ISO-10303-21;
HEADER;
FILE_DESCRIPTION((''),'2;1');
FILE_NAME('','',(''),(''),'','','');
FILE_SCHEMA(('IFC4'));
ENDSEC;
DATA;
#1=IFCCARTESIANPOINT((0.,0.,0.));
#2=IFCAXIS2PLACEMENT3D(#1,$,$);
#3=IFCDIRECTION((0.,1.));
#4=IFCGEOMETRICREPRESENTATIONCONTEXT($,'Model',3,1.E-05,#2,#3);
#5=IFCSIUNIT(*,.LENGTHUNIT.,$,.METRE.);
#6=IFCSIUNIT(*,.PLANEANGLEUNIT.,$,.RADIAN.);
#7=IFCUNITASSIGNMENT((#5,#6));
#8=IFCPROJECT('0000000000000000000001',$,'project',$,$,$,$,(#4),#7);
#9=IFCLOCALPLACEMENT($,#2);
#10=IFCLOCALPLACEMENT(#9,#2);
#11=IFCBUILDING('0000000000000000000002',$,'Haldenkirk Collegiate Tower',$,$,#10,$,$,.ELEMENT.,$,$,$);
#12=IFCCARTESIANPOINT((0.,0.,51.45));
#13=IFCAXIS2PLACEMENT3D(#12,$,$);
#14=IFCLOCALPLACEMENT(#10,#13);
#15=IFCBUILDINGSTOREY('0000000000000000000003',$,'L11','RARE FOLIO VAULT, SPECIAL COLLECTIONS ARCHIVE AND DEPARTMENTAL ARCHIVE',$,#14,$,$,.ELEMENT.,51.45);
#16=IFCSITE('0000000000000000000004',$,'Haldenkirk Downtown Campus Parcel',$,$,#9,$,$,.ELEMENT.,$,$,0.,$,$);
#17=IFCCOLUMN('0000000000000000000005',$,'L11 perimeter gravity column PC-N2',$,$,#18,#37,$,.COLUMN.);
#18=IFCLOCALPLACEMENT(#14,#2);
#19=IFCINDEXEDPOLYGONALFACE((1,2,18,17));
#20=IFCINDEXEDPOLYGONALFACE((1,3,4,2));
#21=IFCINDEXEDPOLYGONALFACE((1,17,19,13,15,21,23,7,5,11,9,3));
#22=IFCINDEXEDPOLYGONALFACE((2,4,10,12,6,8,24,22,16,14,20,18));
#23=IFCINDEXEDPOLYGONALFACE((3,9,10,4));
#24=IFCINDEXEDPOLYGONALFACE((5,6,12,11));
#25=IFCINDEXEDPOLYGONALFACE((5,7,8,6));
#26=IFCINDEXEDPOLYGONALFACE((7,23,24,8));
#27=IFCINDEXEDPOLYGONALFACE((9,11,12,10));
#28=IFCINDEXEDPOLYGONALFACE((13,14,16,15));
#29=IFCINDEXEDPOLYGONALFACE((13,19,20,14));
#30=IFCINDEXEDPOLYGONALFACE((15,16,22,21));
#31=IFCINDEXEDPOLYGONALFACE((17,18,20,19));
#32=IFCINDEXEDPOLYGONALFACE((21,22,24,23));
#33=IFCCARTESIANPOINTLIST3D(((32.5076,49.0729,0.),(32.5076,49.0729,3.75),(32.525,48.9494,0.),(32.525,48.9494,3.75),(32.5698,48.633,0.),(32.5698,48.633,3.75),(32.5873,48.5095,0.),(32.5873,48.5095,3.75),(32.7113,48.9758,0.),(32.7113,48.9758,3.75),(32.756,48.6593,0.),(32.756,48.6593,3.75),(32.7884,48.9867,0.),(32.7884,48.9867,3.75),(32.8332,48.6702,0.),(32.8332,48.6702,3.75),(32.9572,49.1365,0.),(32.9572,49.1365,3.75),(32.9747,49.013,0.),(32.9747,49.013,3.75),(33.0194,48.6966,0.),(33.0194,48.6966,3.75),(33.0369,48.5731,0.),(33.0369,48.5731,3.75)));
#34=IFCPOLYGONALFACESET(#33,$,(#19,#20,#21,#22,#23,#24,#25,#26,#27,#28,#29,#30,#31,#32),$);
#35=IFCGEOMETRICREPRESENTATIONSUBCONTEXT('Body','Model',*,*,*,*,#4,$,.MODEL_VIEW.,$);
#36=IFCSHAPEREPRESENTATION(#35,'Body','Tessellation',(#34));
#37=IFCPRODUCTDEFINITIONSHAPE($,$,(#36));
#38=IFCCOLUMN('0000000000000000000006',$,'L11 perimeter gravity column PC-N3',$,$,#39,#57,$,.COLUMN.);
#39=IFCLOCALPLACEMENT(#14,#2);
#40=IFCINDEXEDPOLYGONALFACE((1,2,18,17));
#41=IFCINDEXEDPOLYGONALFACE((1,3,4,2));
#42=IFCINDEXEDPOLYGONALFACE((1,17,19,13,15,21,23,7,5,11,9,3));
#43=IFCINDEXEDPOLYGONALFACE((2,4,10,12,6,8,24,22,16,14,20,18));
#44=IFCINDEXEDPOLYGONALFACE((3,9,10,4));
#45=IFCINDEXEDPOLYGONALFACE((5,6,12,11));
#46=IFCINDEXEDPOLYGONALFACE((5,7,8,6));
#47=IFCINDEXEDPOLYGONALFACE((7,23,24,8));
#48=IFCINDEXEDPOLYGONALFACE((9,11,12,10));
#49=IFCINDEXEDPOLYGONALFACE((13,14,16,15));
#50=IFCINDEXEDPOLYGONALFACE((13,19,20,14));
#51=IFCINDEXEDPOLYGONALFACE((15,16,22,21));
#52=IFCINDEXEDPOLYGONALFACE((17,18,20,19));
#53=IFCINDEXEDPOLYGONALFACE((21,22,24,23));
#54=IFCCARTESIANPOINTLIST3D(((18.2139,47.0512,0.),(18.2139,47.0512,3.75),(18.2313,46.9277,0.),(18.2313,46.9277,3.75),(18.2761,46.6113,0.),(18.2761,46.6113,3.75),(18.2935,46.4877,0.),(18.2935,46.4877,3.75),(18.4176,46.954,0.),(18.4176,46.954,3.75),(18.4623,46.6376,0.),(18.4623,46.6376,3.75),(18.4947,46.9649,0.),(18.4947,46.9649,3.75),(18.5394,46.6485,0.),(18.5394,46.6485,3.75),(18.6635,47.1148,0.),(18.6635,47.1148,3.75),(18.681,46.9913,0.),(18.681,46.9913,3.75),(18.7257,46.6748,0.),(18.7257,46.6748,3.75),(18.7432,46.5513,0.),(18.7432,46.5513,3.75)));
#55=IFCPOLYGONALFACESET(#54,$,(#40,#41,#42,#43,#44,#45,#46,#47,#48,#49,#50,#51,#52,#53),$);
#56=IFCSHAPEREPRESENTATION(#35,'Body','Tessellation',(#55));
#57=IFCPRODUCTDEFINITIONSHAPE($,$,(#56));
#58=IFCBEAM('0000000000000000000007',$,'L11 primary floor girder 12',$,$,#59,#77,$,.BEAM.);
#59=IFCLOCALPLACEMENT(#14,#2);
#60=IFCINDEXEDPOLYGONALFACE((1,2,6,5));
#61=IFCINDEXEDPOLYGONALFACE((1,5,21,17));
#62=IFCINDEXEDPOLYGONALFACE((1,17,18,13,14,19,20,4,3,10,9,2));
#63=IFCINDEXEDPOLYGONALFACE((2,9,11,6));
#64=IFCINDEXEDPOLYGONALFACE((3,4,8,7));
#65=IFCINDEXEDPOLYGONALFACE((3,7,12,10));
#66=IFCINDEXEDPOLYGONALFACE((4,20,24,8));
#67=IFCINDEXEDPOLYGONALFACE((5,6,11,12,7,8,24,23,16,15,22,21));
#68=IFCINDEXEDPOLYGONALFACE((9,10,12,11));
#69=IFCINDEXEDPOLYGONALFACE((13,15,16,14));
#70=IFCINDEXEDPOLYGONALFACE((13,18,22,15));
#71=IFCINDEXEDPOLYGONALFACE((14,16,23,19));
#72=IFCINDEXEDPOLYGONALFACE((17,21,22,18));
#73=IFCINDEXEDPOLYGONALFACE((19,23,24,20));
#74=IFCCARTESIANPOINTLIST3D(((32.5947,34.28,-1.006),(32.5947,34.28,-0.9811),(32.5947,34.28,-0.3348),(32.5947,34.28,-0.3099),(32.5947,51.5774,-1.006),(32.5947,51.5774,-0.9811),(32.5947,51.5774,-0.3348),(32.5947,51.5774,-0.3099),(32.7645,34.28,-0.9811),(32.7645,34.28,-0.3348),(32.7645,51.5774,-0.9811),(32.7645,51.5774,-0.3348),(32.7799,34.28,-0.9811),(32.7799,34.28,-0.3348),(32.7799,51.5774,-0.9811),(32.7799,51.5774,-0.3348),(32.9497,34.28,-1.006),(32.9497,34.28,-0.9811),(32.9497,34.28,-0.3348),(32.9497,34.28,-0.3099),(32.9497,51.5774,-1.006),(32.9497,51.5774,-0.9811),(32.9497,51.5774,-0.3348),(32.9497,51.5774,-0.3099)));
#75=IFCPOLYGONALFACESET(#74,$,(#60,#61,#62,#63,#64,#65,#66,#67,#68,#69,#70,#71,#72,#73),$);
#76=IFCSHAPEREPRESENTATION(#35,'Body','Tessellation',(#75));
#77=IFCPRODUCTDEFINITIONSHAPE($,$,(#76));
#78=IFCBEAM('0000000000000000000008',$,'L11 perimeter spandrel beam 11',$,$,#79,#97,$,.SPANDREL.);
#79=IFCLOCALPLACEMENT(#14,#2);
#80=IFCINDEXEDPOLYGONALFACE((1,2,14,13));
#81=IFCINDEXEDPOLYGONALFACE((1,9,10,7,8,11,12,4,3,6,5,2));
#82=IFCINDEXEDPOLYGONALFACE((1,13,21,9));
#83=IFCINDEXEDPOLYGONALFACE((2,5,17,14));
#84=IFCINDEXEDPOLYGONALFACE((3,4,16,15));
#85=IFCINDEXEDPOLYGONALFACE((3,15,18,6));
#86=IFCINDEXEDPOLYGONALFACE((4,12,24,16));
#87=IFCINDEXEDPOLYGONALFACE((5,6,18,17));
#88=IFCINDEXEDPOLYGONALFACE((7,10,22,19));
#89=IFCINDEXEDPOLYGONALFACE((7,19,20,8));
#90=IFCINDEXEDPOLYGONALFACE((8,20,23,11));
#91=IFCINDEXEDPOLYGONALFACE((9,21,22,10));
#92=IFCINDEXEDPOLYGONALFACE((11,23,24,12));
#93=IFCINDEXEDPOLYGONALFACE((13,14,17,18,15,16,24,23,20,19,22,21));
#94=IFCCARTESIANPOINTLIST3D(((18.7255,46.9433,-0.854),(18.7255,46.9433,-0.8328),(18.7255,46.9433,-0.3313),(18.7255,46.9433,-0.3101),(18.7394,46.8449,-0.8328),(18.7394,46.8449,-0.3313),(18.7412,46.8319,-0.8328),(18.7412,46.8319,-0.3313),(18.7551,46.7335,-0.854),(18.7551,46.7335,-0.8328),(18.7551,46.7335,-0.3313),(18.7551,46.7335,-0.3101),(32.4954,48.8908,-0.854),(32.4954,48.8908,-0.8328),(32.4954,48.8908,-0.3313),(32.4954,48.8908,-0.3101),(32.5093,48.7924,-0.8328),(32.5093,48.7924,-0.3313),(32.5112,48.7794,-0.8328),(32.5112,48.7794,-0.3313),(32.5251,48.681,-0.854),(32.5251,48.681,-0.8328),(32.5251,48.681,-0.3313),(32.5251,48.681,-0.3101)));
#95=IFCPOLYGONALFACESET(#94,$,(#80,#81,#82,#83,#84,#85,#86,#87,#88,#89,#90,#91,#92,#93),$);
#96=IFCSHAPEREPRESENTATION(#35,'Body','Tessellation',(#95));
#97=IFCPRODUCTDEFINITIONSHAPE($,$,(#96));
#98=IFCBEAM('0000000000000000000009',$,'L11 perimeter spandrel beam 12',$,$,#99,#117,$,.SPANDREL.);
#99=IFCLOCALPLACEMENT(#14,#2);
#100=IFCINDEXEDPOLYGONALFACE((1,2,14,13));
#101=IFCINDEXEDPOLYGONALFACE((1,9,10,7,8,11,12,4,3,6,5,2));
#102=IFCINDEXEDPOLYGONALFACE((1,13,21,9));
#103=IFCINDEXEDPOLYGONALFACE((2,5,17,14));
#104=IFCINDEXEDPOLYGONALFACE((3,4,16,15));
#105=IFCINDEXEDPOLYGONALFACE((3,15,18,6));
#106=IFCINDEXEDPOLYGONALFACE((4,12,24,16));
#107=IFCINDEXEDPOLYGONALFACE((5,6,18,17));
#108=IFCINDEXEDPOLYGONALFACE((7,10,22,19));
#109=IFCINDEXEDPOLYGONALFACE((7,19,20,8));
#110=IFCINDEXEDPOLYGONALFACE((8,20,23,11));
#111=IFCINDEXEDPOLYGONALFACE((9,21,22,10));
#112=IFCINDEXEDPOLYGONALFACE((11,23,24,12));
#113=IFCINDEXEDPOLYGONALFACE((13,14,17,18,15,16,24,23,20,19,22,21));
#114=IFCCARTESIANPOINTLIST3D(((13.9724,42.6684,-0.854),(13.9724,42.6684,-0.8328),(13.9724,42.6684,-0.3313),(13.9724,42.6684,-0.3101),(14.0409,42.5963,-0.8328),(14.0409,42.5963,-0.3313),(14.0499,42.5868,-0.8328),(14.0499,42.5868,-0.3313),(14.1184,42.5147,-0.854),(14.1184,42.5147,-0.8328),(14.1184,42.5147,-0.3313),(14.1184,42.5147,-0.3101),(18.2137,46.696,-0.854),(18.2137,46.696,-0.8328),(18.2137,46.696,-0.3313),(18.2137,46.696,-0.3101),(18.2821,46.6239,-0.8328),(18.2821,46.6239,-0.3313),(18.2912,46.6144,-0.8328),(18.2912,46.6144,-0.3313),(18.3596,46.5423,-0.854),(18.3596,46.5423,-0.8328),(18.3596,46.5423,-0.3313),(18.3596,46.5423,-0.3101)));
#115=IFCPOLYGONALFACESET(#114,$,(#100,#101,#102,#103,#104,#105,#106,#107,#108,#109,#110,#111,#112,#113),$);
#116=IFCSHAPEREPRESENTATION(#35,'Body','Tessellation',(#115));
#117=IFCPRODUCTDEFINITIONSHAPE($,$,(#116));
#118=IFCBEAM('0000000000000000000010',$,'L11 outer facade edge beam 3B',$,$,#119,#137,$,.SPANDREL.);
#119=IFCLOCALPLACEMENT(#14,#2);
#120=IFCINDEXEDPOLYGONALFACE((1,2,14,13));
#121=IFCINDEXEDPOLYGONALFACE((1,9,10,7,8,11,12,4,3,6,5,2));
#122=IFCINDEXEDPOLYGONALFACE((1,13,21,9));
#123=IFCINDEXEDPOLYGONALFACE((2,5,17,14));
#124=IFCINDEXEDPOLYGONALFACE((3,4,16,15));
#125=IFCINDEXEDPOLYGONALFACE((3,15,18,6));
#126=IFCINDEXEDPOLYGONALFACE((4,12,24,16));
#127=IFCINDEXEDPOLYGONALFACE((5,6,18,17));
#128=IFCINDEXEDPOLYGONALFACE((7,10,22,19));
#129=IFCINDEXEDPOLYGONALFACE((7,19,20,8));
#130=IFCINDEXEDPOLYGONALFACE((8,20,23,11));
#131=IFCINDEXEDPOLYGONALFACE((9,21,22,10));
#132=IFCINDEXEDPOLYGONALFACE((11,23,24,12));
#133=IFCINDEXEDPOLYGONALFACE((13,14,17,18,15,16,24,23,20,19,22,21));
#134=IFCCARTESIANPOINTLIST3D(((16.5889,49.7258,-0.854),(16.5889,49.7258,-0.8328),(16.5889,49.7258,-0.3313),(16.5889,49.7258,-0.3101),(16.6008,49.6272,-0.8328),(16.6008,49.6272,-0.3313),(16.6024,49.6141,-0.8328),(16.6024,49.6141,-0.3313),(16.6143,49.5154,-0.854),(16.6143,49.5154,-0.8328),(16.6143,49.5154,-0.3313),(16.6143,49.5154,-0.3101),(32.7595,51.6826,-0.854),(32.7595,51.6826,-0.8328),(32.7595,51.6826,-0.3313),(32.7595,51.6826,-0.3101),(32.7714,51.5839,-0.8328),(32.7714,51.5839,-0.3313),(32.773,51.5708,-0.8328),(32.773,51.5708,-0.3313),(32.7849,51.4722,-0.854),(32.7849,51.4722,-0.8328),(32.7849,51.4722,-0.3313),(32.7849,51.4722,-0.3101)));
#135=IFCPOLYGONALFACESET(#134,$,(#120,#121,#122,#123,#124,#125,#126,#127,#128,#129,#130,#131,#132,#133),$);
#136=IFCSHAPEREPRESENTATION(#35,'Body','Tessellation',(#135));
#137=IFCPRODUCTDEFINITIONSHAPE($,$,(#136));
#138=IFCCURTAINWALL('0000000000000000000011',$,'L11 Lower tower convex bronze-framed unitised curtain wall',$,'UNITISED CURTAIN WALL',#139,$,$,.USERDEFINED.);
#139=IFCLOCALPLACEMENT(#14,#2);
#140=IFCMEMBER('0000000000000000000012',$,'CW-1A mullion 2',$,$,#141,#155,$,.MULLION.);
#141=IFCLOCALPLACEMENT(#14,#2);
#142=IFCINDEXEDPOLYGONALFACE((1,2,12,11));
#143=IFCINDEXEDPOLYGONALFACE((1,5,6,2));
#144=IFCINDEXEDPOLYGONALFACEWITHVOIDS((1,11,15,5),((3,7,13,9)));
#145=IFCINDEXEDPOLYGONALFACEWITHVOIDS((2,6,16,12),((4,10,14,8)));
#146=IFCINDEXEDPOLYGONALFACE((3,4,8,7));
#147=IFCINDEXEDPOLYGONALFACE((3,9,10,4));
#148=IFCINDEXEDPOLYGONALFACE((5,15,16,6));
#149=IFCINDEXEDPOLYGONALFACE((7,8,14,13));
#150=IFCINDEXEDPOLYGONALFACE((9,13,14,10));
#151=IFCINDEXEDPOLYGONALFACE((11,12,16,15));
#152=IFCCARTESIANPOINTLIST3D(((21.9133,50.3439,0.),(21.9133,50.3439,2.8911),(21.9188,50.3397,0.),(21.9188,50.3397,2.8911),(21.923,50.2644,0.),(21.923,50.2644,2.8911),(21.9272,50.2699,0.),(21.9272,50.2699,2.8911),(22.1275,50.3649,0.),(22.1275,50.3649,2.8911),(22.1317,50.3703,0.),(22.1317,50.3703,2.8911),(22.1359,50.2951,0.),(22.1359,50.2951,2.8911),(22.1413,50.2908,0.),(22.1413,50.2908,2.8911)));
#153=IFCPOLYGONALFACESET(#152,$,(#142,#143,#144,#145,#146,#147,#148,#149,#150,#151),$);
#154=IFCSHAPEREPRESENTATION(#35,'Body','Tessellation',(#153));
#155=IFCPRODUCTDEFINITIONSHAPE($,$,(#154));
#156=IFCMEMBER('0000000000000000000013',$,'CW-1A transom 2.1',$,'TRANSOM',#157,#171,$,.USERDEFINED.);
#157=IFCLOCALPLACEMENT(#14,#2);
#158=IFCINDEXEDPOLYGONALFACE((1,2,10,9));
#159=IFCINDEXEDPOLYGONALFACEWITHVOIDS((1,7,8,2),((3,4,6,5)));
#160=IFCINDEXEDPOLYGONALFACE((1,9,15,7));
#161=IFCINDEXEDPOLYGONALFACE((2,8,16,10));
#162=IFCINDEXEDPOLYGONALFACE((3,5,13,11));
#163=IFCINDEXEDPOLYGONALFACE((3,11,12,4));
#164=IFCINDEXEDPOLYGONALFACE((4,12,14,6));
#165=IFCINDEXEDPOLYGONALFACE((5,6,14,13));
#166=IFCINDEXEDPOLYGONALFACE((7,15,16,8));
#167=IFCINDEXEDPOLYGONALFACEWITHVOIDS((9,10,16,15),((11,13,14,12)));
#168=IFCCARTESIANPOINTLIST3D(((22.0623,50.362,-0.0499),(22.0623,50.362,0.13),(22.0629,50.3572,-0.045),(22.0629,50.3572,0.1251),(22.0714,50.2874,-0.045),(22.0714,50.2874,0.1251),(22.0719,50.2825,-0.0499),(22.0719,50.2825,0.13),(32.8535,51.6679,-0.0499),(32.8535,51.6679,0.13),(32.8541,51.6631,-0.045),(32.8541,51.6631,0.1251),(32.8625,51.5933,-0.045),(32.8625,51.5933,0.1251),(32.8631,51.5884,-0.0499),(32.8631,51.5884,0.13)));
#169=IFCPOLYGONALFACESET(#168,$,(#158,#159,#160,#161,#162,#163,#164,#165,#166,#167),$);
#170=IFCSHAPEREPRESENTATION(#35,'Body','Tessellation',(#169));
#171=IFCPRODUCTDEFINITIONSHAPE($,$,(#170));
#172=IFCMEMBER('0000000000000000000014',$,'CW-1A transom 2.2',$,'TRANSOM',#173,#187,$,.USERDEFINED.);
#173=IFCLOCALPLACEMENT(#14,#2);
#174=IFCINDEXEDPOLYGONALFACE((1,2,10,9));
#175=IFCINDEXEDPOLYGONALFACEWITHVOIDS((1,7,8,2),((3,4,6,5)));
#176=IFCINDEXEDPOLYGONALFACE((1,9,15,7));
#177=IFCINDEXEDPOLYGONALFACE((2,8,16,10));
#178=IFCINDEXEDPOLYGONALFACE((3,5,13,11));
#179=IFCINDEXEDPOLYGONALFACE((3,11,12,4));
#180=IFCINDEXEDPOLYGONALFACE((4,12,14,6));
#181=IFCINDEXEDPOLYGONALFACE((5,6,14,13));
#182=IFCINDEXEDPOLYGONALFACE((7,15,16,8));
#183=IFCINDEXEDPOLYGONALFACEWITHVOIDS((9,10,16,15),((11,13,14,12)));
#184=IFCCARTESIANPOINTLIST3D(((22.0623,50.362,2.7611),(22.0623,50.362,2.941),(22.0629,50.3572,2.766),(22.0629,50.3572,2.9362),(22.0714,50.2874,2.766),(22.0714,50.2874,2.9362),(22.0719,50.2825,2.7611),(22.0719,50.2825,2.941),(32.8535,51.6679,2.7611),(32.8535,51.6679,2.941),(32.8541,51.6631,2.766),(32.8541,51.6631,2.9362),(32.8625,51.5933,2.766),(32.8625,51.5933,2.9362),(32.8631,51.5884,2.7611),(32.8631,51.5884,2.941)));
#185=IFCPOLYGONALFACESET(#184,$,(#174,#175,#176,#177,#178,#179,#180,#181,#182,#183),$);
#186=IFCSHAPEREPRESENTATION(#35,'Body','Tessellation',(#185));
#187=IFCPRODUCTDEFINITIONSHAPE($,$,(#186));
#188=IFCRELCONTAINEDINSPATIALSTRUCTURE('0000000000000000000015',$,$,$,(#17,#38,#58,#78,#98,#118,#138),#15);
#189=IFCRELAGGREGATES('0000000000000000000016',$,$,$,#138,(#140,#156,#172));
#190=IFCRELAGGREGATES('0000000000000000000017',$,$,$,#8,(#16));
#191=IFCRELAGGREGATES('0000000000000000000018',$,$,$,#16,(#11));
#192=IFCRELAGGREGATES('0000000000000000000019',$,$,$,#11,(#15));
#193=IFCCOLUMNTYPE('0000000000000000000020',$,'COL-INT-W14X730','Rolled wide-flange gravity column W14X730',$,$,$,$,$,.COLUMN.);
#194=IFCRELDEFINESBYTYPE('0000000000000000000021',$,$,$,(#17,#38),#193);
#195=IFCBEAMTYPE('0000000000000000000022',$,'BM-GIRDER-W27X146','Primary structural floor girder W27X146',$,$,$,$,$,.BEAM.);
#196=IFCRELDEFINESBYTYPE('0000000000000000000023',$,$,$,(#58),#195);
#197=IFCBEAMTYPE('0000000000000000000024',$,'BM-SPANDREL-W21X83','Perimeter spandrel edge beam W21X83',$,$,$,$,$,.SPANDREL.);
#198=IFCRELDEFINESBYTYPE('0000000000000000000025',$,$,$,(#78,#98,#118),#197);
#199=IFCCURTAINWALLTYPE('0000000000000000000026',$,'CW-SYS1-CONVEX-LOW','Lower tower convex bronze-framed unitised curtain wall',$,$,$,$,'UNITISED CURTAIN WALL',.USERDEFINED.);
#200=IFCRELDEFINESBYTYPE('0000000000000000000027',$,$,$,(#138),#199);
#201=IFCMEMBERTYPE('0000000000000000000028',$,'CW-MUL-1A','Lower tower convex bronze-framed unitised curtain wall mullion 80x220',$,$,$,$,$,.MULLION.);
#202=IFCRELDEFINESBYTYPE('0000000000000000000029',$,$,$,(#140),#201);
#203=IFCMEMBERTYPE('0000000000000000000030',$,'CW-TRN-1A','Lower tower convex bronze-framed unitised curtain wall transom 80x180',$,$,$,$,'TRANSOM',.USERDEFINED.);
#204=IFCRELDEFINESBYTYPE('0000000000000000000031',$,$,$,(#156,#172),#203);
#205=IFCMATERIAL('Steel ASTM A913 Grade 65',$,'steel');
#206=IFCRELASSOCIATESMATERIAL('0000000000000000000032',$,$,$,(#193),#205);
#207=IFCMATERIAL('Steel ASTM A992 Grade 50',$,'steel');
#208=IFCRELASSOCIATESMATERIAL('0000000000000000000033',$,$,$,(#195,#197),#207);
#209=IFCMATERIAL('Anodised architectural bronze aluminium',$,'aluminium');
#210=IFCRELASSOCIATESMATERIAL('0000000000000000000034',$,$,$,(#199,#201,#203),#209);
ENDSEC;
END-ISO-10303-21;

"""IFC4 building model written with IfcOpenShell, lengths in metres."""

from ifc_helpers import new_model, si_unit, direction, frame, origin, origin_2d, place, context, subcontext, project, spatial, hollow_rectangle, i_section, extrude, material, material_profile, profile_set, type_object, element, aggregate, save


model = new_model("IFC4")

# Units and contexts
model_context = context("Model", 3, precision=1e-05, world=origin(), true_north=direction((0.0, 1.0)))
body_context = subcontext(model_context, "Body", "Model", "MODEL_VIEW")
ifc_project = project(units=[si_unit("LENGTHUNIT", "METRE"), si_unit("PLANEANGLEUNIT", "RADIAN")], contexts=[model_context])

# Site, building, storey
site_placement = place(None, origin())
site = spatial("IfcSite", under=ifc_project, at=site_placement, Name="Haldenkirk Downtown Campus Parcel", CompositionType="ELEMENT", RefElevation=0.0)
building_placement = place(site_placement, origin())
building = spatial("IfcBuilding", under=site, at=building_placement, Name="Haldenkirk Collegiate Tower", CompositionType="ELEMENT")
storey_placement = place(building_placement, frame((0.0, 0.0, 51.45)))
storey = spatial("IfcBuildingStorey", under=building, at=storey_placement, Name="L11", Description="RARE FOLIO VAULT, SPECIAL COLLECTIONS ARCHIVE AND DEPARTMENTAL ARCHIVE", CompositionType="ELEMENT", Elevation=51.45)

# Columns
ifc_material_1 = material(Name="Steel ASTM A913 Grade 65", Category="steel")
ifc_material_profile_1 = material_profile(ifc_material_1, i_section(OverallWidth=0.4541, OverallDepth=0.5691, WebThickness=0.0779, FlangeThickness=0.1248, at=origin_2d()), Name="W14X730")
ifc_profile_set_1 = profile_set([ifc_material_profile_1], Name="Steel ASTM A913 Grade 65")
column_type = type_object("IfcColumnType", Name="COL-INT-W14X730", Description="Rolled wide-flange gravity column W14X730", PredefinedType="COLUMN", material=ifc_profile_set_1)
for number, where, z_axis, x_axis, name in (
    (1, (32.7722, 48.823, 0.0), (0.0, 0.0, 1.0), (0.990146, 0.140037, 0.0), "L11 perimeter gravity column PC-N2"),
    (2, (18.4785, 46.8013, 0.0), (0.0, 0.0, 1.0), (0.990146, 0.140037, 0.0), "L11 perimeter gravity column PC-N3"),
):
    element("IfcColumn", number, at=place(storey_placement, frame(where, z_axis=z_axis, x_axis=x_axis)), inside=storey, type_object=column_type, Name=name, PredefinedType="COLUMN", context=body_context, shape_type="SweptSolid", body=[
        extrude(i_section(OverallWidth=0.4541, OverallDepth=0.5691, WebThickness=0.0779, FlangeThickness=0.1248, at=origin_2d()), origin(), (0.0, 0.0, 1.0), 3.75),
    ])

# Beams
ifc_material_2 = material(Name="Steel ASTM A992 Grade 50", Category="steel")
ifc_material_profile_2 = material_profile(ifc_material_2, i_section(OverallWidth=0.355, OverallDepth=0.696, WebThickness=0.0154, FlangeThickness=0.0249, at=origin_2d()), Name="W27X146")
ifc_profile_set_2 = profile_set([ifc_material_profile_2], Name="Steel ASTM A992 Grade 50")
beam_type_1 = type_object("IfcBeamType", Name="BM-GIRDER-W27X146", Description="Primary structural floor girder W27X146", PredefinedType="BEAM", material=ifc_profile_set_2)
beam_1_placement = place(storey_placement, frame((32.7722, 51.5774, -0.658), z_axis=(0.0, -1.0, 0.0), x_axis=(1.0, 0.0, 0.0)))
element("IfcBeam", 3, at=beam_1_placement, inside=storey, type_object=beam_type_1, Name="L11 primary floor girder 12", PredefinedType="BEAM", context=body_context, shape_type="SweptSolid", body=[
    extrude(i_section(OverallWidth=0.355, OverallDepth=0.696, WebThickness=0.0154, FlangeThickness=0.0249, at=origin_2d()), origin(), (0.0, 0.0, 1.0), 17.2974),
])
ifc_material_profile_3 = material_profile(ifc_material_2, i_section(OverallWidth=0.2119, OverallDepth=0.5439, WebThickness=0.0132, FlangeThickness=0.0212, at=origin_2d()), Name="W21X83")
ifc_profile_set_3 = profile_set([ifc_material_profile_3], Name="Steel ASTM A992 Grade 50")
beam_type_2 = type_object("IfcBeamType", Name="BM-SPANDREL-W21X83", Description="Perimeter spandrel edge beam W21X83", PredefinedType="SPANDREL", material=ifc_profile_set_3)
beam_2_placement = place(storey_placement, frame((32.5103, 48.7859, -0.582), z_axis=(-0.990146, -0.140038, 0.0), x_axis=(0.140038, -0.990146, 0.0)))
element("IfcBeam", 4, at=beam_2_placement, inside=storey, type_object=beam_type_2, Name="L11 perimeter spandrel beam 11", PredefinedType="SPANDREL", context=body_context, shape_type="SweptSolid", body=[
    extrude(i_section(OverallWidth=0.2119, OverallDepth=0.5439, WebThickness=0.0132, FlangeThickness=0.0212, at=origin_2d()), origin(), (0.0, 0.0, 1.0), 13.907),
])
beam_3_placement = place(storey_placement, frame((18.2866, 46.6191, -0.582), z_axis=(-0.725133, -0.688609, 0.0), x_axis=(0.688609, -0.725133, 0.0)))
element("IfcBeam", 5, at=beam_3_placement, inside=storey, type_object=beam_type_2, Name="L11 perimeter spandrel beam 12", PredefinedType="SPANDREL", context=body_context, shape_type="SweptSolid", body=[
    extrude(i_section(OverallWidth=0.2119, OverallDepth=0.5439, WebThickness=0.0132, FlangeThickness=0.0212, at=origin_2d()), origin(), (0.0, 0.0, 1.0), 5.8489),
])
beam_4_placement = place(storey_placement, frame((32.7722, 51.5774, -0.582), z_axis=(-0.992758, -0.120132, 0.0), x_axis=(0.120132, -0.992758, 0.0)))
element("IfcBeam", 6, at=beam_4_placement, inside=storey, type_object=beam_type_2, Name="L11 outer facade edge beam 3B", PredefinedType="SPANDREL", context=body_context, shape_type="SweptSolid", body=[
    extrude(i_section(OverallWidth=0.2119, OverallDepth=0.5439, WebThickness=0.0132, FlangeThickness=0.0212, at=origin_2d()), origin(), (0.0, 0.0, 1.0), 16.2886),
])

# Curtain wall, members
ifc_material_3 = material(Name="Anodised architectural bronze aluminium", Category="aluminium")
curtain_wall_type = type_object("IfcCurtainWallType", Name="CW-SYS1-CONVEX-LOW", Description="Lower tower convex bronze-framed unitised curtain wall", ElementType="UNITISED CURTAIN WALL", PredefinedType="USERDEFINED", material=ifc_material_3)
curtain_wall_placement = place(storey_placement, origin())
curtain_wall = element("IfcCurtainWall", 7, at=curtain_wall_placement, inside=storey, type_object=curtain_wall_type, Name="L11 Lower tower convex bronze-framed unitised curtain wall", ObjectType="UNITISED CURTAIN WALL", PredefinedType="USERDEFINED")
ifc_material_profile_4 = material_profile(ifc_material_3, hollow_rectangle(XDim=0.0801, YDim=0.22, WallThickness=0.0049, at=origin_2d()), Name="CW-MUL-1A")
ifc_profile_set_4 = profile_set([ifc_material_profile_4], Name="Anodised architectural bronze aluminium")
member_type_1 = type_object("IfcMemberType", Name="CW-MUL-1A", Description="Lower tower convex bronze-framed unitised curtain wall mullion 80x220", PredefinedType="MULLION", material=ifc_profile_set_4)
member_1_placement = place(storey_placement, frame((22.0273, 50.3174, 0.0), z_axis=(0.0, 0.0, 1.0), x_axis=(-0.120137, 0.992757, 0.0)))
member_1 = element("IfcMember", 8, at=member_1_placement, type_object=member_type_1, Name="CW-1A mullion 2", PredefinedType="MULLION", context=body_context, shape_type="SweptSolid", body=[
    extrude(hollow_rectangle(XDim=0.0801, YDim=0.22, WallThickness=0.0049, at=origin_2d()), origin(), (0.0, 0.0, 1.0), 2.8911),
])
ifc_material_profile_5 = material_profile(ifc_material_3, hollow_rectangle(XDim=0.0801, YDim=0.1799, WallThickness=0.0049, at=origin_2d()), Name="CW-TRN-1A")
ifc_profile_set_5 = profile_set([ifc_material_profile_5], Name="Anodised architectural bronze aluminium")
member_type_2 = type_object("IfcMemberType", Name="CW-TRN-1A", Description="Lower tower convex bronze-framed unitised curtain wall transom 80x180", ElementType="TRANSOM", PredefinedType="USERDEFINED", material=ifc_profile_set_5)
member_2_placement = place(storey_placement, frame((22.0671, 50.3223, 0.04), z_axis=(0.992757, 0.120139, 0.0), x_axis=(-0.120139, 0.992757, 0.0)))
member_2 = element("IfcMember", 9, at=member_2_placement, type_object=member_type_2, Name="CW-1A transom 2.1", ObjectType="TRANSOM", PredefinedType="USERDEFINED", context=body_context, shape_type="SweptSolid", body=[
    extrude(hollow_rectangle(XDim=0.0801, YDim=0.1799, WallThickness=0.0049, at=origin_2d()), origin(), (0.0, 0.0, 1.0), 10.8699),
])
member_3_placement = place(storey_placement, frame((22.0671, 50.3223, 2.8511), z_axis=(0.992757, 0.120139, 0.0), x_axis=(-0.120139, 0.992757, 0.0)))
member_3 = element("IfcMember", 10, at=member_3_placement, type_object=member_type_2, Name="CW-1A transom 2.2", ObjectType="TRANSOM", PredefinedType="USERDEFINED", context=body_context, shape_type="SweptSolid", body=[
    extrude(hollow_rectangle(XDim=0.0801, YDim=0.1799, WallThickness=0.0049, at=origin_2d()), origin(), (0.0, 0.0, 1.0), 10.8699),
])

aggregate(curtain_wall, [member_1, member_2, member_3])

save(model, "model.ifc")
